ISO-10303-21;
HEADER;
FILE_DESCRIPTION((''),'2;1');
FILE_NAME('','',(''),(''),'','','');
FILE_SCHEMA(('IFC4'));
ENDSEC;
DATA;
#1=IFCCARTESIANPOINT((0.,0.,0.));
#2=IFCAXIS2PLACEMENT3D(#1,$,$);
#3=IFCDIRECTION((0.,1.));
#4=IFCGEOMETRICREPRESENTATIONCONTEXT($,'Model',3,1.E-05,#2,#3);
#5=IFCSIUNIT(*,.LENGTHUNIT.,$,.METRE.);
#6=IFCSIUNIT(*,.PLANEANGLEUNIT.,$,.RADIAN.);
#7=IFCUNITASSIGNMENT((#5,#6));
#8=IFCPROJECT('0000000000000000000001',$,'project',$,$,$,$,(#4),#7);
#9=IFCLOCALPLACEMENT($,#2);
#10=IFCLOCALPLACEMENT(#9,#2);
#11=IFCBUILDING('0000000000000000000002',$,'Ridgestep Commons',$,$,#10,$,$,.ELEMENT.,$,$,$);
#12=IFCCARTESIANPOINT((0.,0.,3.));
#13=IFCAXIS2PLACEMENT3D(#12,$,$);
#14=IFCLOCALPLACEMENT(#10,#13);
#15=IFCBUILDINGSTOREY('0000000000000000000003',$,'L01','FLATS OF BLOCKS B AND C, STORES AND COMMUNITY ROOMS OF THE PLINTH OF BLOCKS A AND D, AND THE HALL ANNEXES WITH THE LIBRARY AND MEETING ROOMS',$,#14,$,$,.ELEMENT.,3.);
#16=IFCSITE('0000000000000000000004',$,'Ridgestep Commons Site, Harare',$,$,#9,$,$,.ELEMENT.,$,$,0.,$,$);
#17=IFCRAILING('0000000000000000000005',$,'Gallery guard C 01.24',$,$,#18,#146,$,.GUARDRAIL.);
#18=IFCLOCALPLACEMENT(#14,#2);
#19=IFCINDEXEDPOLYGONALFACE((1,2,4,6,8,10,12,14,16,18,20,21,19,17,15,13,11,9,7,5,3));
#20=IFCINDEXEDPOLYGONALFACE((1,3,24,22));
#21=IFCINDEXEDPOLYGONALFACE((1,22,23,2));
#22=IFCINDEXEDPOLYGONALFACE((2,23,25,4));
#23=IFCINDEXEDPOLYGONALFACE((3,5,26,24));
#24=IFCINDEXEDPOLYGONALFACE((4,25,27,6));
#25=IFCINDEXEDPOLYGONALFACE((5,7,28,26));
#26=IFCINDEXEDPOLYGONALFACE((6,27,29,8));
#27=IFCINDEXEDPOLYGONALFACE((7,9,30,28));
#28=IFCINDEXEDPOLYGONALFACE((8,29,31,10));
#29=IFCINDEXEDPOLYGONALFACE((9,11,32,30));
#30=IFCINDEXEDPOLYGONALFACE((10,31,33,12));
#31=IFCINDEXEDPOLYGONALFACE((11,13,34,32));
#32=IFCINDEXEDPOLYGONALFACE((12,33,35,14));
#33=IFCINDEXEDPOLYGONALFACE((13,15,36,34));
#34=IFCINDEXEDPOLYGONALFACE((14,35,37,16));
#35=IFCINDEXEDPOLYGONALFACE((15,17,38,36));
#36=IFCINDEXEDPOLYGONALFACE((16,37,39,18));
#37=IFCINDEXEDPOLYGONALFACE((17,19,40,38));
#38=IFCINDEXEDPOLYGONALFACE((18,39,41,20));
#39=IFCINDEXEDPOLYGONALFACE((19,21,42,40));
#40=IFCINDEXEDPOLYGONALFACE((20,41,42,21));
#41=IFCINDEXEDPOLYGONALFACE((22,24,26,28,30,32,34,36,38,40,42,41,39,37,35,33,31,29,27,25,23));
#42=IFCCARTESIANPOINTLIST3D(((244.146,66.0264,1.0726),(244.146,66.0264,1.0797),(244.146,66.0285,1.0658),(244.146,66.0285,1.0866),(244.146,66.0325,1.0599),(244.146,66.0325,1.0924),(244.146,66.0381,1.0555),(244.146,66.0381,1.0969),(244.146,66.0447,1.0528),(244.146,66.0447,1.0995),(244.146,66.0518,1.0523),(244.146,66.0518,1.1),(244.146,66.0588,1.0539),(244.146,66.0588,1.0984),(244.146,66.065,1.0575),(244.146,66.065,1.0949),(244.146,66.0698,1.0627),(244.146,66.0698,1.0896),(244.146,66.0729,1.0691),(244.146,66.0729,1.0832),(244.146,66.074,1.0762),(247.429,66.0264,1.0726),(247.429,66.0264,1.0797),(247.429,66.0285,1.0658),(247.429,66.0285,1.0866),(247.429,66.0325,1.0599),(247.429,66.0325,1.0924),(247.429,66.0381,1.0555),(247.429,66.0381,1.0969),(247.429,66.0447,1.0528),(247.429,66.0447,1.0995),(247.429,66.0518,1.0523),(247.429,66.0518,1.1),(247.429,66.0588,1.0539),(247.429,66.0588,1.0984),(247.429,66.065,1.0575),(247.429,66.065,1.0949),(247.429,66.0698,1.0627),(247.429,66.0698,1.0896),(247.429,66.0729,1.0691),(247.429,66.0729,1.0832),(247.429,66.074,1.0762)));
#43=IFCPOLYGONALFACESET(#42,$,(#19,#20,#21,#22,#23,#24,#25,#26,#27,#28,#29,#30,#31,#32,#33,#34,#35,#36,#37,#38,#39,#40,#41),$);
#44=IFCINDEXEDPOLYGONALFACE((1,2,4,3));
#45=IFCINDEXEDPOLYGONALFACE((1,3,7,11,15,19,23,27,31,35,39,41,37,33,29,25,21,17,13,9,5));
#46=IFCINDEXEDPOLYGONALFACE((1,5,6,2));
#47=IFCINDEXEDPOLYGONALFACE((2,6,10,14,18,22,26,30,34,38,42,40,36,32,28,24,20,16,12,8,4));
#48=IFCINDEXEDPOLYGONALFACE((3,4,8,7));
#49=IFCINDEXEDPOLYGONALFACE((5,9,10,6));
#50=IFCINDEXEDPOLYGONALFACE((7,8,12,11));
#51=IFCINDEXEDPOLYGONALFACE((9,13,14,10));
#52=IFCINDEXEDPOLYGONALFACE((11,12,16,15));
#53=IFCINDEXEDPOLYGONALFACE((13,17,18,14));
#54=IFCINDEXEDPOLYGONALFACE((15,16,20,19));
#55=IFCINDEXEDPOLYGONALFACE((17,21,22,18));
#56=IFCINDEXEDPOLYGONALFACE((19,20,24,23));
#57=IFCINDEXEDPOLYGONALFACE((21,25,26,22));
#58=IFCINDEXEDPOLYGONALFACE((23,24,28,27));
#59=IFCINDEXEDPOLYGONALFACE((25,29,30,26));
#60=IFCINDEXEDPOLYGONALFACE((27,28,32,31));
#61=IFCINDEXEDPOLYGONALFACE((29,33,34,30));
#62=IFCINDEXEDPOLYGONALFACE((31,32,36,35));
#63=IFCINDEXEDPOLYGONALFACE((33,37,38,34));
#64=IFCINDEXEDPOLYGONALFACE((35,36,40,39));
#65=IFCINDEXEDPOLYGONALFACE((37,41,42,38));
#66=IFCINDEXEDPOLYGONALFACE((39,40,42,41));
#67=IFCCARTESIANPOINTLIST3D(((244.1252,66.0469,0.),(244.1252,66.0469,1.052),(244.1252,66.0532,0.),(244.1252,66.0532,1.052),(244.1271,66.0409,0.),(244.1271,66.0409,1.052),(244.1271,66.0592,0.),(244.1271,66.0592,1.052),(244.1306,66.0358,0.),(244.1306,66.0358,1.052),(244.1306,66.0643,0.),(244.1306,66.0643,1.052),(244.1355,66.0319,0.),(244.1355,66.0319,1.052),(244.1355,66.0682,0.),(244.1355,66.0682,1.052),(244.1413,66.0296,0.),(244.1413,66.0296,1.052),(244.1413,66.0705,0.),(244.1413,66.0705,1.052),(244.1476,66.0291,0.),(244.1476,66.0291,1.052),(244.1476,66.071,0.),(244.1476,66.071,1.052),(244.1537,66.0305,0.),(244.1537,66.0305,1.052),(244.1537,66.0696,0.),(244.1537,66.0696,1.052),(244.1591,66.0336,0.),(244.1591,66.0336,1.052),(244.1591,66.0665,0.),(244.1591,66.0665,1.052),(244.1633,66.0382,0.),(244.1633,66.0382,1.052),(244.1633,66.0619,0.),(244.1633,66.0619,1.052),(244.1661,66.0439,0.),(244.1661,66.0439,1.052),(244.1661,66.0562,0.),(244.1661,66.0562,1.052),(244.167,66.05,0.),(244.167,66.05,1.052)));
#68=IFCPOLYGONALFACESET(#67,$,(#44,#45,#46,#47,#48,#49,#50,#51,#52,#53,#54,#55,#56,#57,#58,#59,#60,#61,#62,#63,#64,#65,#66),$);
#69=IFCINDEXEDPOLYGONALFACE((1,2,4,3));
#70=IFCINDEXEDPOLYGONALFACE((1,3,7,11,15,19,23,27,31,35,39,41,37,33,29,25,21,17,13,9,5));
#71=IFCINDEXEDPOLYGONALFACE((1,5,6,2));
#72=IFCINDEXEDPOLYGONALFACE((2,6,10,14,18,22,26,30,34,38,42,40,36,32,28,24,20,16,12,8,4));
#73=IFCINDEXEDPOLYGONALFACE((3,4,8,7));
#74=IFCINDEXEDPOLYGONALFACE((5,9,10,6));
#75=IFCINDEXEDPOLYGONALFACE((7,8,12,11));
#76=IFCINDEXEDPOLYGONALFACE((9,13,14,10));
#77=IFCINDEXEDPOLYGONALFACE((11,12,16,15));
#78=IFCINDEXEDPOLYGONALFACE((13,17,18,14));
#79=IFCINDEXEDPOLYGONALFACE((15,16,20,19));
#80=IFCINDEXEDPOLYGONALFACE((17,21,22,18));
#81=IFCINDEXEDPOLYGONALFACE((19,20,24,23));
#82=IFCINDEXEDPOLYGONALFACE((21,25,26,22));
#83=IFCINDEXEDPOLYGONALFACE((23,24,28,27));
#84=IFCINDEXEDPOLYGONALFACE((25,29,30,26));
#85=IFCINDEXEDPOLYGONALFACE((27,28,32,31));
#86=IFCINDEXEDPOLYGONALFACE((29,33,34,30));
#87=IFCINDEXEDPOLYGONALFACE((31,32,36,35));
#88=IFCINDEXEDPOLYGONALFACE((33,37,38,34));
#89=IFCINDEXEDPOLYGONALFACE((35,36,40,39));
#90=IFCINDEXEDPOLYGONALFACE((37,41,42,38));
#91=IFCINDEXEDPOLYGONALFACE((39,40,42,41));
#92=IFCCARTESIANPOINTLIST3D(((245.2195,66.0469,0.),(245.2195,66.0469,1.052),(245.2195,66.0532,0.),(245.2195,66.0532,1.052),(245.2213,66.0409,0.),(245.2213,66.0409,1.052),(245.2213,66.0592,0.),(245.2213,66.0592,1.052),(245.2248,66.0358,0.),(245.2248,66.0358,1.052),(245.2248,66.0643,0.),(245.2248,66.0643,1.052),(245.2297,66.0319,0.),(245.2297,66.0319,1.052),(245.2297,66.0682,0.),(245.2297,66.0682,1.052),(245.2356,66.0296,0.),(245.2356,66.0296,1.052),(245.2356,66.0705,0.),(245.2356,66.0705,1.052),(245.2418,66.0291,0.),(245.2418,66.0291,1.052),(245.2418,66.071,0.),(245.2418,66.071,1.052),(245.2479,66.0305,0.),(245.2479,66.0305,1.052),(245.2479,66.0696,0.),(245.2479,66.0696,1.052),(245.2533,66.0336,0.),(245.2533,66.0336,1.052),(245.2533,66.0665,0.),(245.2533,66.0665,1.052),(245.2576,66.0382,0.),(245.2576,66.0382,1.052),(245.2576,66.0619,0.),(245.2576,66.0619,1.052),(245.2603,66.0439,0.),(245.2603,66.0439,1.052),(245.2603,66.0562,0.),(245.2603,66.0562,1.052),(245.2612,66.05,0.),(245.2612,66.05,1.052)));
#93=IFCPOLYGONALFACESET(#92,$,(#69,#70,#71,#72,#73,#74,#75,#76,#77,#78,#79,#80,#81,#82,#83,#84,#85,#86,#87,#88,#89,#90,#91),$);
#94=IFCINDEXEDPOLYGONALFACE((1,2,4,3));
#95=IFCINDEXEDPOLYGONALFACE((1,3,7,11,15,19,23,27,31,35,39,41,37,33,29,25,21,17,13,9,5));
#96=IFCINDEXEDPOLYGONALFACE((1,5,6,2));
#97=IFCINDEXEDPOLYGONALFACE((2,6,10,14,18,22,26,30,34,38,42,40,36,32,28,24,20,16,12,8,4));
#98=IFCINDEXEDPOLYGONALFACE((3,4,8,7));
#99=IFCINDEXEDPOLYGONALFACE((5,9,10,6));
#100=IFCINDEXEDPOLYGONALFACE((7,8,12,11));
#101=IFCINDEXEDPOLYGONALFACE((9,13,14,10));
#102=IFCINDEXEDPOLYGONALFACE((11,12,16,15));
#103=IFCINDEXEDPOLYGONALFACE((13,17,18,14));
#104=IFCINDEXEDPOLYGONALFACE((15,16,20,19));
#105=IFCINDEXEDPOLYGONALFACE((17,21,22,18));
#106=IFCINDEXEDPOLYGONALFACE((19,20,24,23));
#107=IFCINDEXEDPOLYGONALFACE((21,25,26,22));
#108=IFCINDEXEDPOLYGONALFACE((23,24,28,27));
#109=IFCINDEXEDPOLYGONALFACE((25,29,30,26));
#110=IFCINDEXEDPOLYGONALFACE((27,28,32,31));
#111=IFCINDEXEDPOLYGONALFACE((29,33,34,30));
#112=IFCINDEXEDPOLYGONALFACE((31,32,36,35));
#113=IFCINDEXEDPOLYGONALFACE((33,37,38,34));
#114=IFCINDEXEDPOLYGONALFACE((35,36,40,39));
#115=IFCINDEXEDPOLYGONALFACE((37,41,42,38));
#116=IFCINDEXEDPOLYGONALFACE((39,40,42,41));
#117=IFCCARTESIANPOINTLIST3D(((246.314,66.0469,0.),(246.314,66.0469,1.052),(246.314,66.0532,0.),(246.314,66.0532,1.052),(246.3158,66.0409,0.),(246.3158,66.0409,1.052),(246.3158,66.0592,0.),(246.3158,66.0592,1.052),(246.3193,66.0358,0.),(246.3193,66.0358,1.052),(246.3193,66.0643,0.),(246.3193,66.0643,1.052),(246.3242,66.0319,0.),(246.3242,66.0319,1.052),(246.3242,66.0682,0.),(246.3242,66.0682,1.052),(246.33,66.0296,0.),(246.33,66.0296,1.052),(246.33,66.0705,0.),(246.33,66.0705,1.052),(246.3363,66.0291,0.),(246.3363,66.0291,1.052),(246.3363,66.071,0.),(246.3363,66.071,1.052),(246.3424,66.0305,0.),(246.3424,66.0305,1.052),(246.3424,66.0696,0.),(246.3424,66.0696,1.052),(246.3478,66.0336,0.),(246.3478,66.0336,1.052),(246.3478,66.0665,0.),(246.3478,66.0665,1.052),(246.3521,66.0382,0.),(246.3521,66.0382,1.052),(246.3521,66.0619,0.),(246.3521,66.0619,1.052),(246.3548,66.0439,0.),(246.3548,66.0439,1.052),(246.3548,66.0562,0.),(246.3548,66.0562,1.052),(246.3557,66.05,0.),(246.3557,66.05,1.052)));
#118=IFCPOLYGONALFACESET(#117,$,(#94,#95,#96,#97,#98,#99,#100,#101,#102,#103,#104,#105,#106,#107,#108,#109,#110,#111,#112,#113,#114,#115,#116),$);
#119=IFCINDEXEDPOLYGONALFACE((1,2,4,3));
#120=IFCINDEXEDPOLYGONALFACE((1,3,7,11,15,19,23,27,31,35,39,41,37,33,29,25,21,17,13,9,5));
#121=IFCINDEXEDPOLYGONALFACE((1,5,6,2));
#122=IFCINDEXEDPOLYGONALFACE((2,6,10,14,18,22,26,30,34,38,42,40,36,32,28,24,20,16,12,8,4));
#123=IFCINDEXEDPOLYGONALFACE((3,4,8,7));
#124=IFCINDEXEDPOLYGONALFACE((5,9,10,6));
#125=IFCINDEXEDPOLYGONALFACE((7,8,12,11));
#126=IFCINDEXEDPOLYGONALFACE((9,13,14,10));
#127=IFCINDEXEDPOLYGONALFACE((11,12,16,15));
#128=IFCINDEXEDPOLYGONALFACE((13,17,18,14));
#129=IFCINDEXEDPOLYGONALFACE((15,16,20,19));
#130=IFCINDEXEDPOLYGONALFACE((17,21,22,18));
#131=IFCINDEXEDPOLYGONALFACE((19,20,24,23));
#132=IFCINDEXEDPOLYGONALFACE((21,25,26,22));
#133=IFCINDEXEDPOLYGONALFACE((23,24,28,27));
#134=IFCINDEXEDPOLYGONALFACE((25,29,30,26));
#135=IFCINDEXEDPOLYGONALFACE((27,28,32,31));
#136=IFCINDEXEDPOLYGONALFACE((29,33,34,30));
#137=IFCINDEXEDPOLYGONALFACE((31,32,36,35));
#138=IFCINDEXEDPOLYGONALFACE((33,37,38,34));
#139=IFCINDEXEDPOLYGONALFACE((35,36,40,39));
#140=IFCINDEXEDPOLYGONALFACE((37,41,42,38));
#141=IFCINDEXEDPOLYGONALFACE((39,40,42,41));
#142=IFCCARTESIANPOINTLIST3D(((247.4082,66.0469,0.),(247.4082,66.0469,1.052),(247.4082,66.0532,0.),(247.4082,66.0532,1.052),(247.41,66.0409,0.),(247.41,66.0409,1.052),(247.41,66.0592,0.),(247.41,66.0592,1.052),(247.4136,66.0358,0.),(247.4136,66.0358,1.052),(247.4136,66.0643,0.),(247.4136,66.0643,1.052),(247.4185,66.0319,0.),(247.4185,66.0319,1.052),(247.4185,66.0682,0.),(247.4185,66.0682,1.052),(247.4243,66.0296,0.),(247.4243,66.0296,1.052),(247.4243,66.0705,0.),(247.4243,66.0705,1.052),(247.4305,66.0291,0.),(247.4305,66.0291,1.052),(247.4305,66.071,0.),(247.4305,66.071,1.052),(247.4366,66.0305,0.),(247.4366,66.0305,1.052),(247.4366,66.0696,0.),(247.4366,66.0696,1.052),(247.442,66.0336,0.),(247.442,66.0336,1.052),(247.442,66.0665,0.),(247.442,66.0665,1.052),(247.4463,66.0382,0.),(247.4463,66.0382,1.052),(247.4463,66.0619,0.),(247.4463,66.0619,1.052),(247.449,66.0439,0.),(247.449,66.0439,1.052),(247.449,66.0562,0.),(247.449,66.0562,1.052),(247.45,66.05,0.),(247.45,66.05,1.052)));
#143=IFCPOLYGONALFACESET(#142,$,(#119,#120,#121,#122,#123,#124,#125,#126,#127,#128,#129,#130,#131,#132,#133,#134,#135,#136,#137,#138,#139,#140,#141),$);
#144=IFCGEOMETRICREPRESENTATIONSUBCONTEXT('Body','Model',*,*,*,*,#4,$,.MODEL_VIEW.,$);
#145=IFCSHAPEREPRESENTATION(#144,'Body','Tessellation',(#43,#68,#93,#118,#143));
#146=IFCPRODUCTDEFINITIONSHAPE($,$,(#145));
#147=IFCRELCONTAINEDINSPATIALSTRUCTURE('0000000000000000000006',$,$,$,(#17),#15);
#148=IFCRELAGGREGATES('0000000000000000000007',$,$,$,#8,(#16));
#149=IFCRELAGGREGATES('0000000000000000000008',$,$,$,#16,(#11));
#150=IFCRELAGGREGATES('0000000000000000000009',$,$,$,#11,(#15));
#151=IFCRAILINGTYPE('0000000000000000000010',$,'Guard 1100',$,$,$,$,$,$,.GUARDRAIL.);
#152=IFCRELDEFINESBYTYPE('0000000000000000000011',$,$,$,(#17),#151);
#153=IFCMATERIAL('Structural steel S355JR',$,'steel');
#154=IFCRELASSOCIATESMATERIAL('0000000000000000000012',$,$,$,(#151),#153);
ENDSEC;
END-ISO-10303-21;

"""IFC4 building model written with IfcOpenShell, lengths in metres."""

from ifc_helpers import new_model, si_unit, direction, frame, origin, origin_2d, place, context, subcontext, project, spatial, circle, extrude, material, type_object, element, save


model = new_model("IFC4")

# Units and contexts
model_context = context("Model", 3, precision=1e-05, world=origin(), true_north=direction((0.0, 1.0)))
body_context = subcontext(model_context, "Body", "Model", "MODEL_VIEW")
ifc_project = project(units=[si_unit("LENGTHUNIT", "METRE"), si_unit("PLANEANGLEUNIT", "RADIAN")], contexts=[model_context])

# Site, building, storey
site_placement = place(None, origin())
site = spatial("IfcSite", under=ifc_project, at=site_placement, Name="Ridgestep Commons Site, Harare", CompositionType="ELEMENT", RefElevation=0.0)
building_placement = place(site_placement, origin())
building = spatial("IfcBuilding", under=site, at=building_placement, Name="Ridgestep Commons", CompositionType="ELEMENT")
storey_placement = place(building_placement, frame((0.0, 0.0, 3.0)))
storey = spatial("IfcBuildingStorey", under=building, at=storey_placement, Name="L01", Description="FLATS OF BLOCKS B AND C, STORES AND COMMUNITY ROOMS OF THE PLINTH OF BLOCKS A AND D, AND THE HALL ANNEXES WITH THE LIBRARY AND MEETING ROOMS", CompositionType="ELEMENT", Elevation=3.0)

# Railing
ifc_material_1 = material(Name="Structural steel S355JR", Category="steel")
railing_type = type_object("IfcRailingType", Name="Guard 1100", PredefinedType="GUARDRAIL", material=ifc_material_1)
railing_1_placement = place(storey_placement, frame((244.146, 66.05, 0.0)))
element("IfcRailing", 1, at=railing_1_placement, inside=storey, type_object=railing_type, Name="Gallery guard C 01.24", PredefinedType="GUARDRAIL", context=body_context, shape_type="SweptSolid", body=[
    extrude(circle(Radius=0.0239, at=origin_2d()), frame((0.0, 0.0, 1.0762), z_axis=(1.0, 0.0, 0.0), x_axis=(0.0, 1.0, 0.0)), (0.0, 0.0, 1.0), 3.283),
    extrude(circle(Radius=0.021, at=origin_2d()), origin(), (0.0, 0.0, 1.0), 1.052),
    extrude(circle(Radius=0.021, at=origin_2d()), frame((1.0942, 0.0, 0.0)), (0.0, 0.0, 1.0), 1.052),
    extrude(circle(Radius=0.021, at=origin_2d()), frame((2.1887, 0.0, 0.0)), (0.0, 0.0, 1.0), 1.052),
    extrude(circle(Radius=0.021, at=origin_2d()), frame((3.283, 0.0, 0.0)), (0.0, 0.0, 1.0), 1.052),
])

save(model, "model.ifc")
